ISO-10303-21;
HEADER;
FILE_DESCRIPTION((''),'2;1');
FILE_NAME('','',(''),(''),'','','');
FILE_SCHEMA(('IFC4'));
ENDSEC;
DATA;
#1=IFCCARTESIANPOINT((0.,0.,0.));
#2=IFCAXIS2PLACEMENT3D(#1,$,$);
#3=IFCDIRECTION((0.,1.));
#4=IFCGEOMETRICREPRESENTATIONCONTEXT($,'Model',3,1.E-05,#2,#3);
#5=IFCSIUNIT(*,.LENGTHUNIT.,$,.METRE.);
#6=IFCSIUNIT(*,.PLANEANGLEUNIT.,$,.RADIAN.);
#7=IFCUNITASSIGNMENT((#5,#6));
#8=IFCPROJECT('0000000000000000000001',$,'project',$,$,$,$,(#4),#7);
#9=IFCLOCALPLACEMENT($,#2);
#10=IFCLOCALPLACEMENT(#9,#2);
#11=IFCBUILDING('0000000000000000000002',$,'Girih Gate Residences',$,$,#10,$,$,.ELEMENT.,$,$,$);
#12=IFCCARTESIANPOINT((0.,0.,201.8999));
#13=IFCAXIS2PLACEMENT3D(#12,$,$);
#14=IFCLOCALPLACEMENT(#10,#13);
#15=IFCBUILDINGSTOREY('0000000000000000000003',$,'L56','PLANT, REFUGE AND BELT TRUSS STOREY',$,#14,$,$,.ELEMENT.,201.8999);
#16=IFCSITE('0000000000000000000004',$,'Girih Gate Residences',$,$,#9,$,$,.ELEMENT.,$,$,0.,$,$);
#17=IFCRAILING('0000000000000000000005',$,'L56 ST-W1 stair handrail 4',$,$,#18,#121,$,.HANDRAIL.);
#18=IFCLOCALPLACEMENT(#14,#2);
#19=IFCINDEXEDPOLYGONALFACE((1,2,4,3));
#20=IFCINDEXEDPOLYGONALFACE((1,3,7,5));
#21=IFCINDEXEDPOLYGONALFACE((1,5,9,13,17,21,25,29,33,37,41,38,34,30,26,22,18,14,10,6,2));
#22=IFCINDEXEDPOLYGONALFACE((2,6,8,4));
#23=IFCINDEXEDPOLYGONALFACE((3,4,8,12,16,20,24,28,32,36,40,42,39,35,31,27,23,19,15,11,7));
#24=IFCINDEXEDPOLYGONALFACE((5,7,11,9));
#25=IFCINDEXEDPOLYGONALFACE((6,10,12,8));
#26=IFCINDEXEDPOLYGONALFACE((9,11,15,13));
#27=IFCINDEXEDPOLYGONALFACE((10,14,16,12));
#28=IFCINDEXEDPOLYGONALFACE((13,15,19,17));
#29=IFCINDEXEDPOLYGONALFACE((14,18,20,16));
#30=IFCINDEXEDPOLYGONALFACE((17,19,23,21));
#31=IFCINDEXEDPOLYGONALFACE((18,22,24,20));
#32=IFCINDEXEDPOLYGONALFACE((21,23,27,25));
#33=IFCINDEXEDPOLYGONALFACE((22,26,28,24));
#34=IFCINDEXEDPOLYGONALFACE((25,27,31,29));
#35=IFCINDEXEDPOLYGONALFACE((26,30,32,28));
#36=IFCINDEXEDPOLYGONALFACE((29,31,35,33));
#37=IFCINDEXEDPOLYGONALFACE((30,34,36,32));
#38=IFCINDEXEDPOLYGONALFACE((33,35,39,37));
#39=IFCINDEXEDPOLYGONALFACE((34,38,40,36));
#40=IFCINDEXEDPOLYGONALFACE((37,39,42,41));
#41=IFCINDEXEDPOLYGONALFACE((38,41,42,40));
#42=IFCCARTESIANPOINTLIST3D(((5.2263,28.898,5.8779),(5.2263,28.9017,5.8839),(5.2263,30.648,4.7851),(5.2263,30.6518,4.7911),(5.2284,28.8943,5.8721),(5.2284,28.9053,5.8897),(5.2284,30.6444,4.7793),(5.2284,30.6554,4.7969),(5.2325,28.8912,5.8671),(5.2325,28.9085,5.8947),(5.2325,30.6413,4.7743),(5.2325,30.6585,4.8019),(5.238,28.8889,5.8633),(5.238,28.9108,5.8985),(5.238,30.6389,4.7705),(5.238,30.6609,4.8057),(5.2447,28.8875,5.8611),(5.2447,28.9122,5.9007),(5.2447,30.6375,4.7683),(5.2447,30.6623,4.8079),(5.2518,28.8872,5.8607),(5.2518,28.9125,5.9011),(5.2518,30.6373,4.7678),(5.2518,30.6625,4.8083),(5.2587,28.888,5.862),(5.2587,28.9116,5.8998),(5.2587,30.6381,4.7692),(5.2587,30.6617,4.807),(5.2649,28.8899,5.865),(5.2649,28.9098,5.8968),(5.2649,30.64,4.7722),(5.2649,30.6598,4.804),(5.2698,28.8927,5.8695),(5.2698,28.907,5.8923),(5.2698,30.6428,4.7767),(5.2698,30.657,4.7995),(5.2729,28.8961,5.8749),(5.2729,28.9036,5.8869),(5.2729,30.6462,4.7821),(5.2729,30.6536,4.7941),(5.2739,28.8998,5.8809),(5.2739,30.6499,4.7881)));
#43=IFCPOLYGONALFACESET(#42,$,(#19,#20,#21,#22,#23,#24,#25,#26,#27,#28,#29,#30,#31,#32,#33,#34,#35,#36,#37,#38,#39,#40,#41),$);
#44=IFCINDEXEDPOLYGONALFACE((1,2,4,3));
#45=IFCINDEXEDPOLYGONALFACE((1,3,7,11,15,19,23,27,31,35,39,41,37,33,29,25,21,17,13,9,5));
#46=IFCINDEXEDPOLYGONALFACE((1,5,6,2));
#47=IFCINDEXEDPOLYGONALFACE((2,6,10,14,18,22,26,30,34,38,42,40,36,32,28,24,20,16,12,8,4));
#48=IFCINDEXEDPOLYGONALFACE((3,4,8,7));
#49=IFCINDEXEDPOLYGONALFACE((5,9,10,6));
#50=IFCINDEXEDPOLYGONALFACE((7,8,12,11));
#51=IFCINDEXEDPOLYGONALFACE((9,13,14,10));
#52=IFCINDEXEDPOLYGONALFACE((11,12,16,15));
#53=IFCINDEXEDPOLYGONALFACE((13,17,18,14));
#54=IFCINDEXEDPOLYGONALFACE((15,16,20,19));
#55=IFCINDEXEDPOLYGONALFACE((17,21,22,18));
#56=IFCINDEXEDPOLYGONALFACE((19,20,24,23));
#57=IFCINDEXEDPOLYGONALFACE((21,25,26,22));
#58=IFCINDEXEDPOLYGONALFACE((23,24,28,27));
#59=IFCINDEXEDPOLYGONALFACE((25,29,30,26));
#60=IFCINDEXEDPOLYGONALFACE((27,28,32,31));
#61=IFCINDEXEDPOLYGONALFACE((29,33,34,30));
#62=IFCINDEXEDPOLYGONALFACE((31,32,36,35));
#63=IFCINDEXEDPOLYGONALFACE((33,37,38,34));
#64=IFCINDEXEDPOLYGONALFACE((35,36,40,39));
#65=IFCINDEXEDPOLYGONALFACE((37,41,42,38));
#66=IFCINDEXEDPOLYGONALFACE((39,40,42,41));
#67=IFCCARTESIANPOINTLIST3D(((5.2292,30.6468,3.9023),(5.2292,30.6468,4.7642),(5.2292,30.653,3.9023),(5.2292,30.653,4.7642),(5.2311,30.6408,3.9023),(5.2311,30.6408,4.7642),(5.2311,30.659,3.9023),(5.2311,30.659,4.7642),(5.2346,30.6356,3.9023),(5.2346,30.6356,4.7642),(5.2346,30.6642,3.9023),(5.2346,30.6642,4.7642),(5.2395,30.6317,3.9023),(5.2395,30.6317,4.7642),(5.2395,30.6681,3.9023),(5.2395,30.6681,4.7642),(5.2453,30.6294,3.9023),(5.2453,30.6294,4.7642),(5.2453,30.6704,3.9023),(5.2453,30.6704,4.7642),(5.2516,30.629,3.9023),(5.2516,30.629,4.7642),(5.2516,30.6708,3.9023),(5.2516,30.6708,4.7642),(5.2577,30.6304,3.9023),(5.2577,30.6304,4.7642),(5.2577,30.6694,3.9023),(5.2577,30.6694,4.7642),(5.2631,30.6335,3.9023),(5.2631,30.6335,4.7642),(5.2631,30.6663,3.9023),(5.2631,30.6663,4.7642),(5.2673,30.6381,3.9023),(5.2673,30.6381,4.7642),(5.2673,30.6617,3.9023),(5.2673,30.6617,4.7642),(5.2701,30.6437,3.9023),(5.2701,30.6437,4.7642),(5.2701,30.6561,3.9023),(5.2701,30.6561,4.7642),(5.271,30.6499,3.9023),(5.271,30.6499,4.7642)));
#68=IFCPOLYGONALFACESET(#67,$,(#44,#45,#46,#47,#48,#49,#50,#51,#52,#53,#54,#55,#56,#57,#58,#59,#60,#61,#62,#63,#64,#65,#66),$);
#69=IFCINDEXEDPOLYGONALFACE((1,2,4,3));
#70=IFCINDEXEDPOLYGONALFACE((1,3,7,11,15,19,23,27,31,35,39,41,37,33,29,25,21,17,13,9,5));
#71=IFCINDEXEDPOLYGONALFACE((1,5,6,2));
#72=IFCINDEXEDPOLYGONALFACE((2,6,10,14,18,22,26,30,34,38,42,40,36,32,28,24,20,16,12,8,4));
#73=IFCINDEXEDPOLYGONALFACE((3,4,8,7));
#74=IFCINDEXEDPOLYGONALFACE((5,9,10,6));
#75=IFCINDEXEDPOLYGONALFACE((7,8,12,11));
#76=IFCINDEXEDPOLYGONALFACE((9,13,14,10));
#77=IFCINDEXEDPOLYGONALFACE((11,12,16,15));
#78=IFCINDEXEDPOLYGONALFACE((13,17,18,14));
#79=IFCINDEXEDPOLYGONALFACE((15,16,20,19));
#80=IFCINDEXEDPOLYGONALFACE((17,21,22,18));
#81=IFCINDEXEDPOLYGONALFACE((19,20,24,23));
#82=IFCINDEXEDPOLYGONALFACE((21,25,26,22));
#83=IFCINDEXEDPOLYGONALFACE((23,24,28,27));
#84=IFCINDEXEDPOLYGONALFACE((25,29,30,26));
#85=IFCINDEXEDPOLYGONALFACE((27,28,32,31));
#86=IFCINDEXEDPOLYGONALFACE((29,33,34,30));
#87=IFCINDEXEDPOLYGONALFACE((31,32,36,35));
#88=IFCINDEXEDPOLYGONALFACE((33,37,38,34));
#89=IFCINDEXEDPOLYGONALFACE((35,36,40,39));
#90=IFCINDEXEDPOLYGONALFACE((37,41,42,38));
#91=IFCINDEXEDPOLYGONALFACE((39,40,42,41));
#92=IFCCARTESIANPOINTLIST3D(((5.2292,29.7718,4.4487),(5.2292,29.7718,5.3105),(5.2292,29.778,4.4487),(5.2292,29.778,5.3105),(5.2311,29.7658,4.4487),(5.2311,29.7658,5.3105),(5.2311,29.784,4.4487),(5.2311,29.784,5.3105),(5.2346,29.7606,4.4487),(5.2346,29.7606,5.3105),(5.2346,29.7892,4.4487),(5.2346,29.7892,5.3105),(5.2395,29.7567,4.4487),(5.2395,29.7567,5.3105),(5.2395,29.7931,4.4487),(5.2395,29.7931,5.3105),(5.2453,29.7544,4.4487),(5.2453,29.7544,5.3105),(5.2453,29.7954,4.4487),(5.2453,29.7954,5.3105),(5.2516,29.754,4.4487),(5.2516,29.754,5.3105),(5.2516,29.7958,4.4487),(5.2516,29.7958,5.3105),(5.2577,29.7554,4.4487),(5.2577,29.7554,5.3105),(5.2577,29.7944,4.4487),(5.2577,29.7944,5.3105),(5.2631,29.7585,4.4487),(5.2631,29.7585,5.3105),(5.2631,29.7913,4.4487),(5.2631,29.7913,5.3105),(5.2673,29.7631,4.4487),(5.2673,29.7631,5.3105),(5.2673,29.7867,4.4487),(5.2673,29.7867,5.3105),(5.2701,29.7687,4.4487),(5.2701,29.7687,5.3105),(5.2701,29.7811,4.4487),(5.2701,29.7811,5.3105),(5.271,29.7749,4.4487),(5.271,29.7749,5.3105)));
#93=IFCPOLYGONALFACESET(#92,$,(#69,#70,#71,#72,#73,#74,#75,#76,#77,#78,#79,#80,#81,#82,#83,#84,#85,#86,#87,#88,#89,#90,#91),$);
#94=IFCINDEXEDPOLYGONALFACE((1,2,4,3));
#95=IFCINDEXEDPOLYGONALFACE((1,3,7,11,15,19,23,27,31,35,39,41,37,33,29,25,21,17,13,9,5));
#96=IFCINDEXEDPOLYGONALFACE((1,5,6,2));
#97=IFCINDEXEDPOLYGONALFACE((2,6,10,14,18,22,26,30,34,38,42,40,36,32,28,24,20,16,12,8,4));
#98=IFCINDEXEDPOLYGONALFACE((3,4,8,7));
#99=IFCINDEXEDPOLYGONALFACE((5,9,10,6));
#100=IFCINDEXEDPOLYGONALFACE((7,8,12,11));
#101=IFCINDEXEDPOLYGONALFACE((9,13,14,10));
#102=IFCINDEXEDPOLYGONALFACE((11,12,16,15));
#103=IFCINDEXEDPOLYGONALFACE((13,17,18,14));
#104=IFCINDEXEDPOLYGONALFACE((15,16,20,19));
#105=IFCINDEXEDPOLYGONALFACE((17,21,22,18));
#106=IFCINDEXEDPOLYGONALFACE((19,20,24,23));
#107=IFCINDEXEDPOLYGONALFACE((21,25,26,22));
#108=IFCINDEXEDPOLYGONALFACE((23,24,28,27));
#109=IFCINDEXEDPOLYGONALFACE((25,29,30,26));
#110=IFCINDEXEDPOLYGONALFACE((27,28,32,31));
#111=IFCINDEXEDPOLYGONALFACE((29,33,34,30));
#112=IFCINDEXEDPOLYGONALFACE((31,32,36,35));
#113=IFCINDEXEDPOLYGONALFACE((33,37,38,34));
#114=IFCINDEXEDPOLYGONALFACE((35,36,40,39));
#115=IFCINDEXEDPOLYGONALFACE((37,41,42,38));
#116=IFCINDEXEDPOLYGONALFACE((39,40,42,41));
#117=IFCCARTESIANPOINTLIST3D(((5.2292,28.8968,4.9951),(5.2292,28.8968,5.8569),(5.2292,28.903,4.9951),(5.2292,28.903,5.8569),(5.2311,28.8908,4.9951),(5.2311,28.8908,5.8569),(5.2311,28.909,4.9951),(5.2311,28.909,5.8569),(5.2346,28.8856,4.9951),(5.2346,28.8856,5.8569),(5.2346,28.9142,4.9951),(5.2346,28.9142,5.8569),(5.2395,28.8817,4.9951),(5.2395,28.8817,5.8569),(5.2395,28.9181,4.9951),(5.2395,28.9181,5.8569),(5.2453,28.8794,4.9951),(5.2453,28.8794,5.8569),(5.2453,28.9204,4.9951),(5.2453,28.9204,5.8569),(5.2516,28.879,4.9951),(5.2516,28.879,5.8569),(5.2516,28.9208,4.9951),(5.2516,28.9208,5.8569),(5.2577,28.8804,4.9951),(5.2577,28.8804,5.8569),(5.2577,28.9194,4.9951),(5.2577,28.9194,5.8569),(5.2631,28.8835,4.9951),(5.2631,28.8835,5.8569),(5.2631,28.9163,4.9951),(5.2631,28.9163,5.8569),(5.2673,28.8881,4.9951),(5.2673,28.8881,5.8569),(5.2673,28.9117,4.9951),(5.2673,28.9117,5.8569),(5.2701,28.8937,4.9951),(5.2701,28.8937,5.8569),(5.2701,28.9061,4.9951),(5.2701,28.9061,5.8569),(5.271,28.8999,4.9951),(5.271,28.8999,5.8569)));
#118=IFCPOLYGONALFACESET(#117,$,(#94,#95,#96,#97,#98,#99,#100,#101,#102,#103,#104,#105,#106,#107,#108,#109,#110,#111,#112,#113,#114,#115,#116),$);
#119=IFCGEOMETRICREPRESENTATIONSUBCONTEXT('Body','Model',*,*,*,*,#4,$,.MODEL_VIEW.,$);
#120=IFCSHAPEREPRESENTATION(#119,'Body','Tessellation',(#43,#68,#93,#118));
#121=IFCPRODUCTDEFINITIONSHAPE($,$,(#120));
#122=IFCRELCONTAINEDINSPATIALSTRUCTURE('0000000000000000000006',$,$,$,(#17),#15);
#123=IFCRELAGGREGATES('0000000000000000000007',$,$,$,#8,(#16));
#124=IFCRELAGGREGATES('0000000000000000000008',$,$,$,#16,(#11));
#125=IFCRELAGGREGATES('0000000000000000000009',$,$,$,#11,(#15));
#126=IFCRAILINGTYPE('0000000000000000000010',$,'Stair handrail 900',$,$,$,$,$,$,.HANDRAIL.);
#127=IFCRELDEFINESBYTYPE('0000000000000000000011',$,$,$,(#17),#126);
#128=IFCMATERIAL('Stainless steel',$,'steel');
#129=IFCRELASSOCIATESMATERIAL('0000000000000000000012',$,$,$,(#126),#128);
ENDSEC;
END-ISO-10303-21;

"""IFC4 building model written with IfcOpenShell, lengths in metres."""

from ifc_helpers import new_model, si_unit, direction, frame, origin, origin_2d, place, context, subcontext, project, spatial, circle, extrude, material, type_object, element, save


model = new_model("IFC4")

# Units and contexts
model_context = context("Model", 3, precision=1e-05, world=origin(), true_north=direction((0.0, 1.0)))
body_context = subcontext(model_context, "Body", "Model", "MODEL_VIEW")
ifc_project = project(units=[si_unit("LENGTHUNIT", "METRE"), si_unit("PLANEANGLEUNIT", "RADIAN")], contexts=[model_context])

# Site, building, storey
site_placement = place(None, origin())
site = spatial("IfcSite", under=ifc_project, at=site_placement, Name="Girih Gate Residences", CompositionType="ELEMENT", RefElevation=0.0)
building_placement = place(site_placement, origin())
building = spatial("IfcBuilding", under=site, at=building_placement, Name="Girih Gate Residences", CompositionType="ELEMENT")
storey_placement = place(building_placement, frame((0.0, 0.0, 201.8999)))
storey = spatial("IfcBuildingStorey", under=building, at=storey_placement, Name="L56", Description="PLANT, REFUGE AND BELT TRUSS STOREY", CompositionType="ELEMENT", Elevation=201.8999)

# Shared definitions
ifc_material_1 = material(Name="Stainless steel", Category="steel")

# Railing
railing_type_1 = type_object("IfcRailingType", Name="Stair handrail 900", PredefinedType="HANDRAIL", material=ifc_material_1)
railing_1_placement = place(storey_placement, frame((5.25, 30.6499, 3.9023)))
element("IfcRailing", 1, at=railing_1_placement, inside=storey, type_object=railing_type_1, Name="L56 ST-W1 stair handrail 4", PredefinedType="HANDRAIL", context=body_context, shape_type="SweptSolid", body=[
    extrude(circle(Radius=0.0239, at=origin_2d()), frame((0.0, 0.0, 0.8857), z_axis=(0.0, -0.848211, 0.529659), x_axis=(1.0, 0.0, 0.0)), (0.0, 0.0, 1.0), 2.0632),
    extrude(circle(Radius=0.021, at=origin_2d()), origin(), (0.0, 0.0, 1.0), 0.8618),
    extrude(circle(Radius=0.021, at=origin_2d()), frame((0.0, -0.875, 0.5464)), (0.0, 0.0, 1.0), 0.8618),
    extrude(circle(Radius=0.021, at=origin_2d()), frame((0.0, -1.75, 1.0928)), (0.0, 0.0, 1.0), 0.8618),
])

save(model, "model.ifc")
